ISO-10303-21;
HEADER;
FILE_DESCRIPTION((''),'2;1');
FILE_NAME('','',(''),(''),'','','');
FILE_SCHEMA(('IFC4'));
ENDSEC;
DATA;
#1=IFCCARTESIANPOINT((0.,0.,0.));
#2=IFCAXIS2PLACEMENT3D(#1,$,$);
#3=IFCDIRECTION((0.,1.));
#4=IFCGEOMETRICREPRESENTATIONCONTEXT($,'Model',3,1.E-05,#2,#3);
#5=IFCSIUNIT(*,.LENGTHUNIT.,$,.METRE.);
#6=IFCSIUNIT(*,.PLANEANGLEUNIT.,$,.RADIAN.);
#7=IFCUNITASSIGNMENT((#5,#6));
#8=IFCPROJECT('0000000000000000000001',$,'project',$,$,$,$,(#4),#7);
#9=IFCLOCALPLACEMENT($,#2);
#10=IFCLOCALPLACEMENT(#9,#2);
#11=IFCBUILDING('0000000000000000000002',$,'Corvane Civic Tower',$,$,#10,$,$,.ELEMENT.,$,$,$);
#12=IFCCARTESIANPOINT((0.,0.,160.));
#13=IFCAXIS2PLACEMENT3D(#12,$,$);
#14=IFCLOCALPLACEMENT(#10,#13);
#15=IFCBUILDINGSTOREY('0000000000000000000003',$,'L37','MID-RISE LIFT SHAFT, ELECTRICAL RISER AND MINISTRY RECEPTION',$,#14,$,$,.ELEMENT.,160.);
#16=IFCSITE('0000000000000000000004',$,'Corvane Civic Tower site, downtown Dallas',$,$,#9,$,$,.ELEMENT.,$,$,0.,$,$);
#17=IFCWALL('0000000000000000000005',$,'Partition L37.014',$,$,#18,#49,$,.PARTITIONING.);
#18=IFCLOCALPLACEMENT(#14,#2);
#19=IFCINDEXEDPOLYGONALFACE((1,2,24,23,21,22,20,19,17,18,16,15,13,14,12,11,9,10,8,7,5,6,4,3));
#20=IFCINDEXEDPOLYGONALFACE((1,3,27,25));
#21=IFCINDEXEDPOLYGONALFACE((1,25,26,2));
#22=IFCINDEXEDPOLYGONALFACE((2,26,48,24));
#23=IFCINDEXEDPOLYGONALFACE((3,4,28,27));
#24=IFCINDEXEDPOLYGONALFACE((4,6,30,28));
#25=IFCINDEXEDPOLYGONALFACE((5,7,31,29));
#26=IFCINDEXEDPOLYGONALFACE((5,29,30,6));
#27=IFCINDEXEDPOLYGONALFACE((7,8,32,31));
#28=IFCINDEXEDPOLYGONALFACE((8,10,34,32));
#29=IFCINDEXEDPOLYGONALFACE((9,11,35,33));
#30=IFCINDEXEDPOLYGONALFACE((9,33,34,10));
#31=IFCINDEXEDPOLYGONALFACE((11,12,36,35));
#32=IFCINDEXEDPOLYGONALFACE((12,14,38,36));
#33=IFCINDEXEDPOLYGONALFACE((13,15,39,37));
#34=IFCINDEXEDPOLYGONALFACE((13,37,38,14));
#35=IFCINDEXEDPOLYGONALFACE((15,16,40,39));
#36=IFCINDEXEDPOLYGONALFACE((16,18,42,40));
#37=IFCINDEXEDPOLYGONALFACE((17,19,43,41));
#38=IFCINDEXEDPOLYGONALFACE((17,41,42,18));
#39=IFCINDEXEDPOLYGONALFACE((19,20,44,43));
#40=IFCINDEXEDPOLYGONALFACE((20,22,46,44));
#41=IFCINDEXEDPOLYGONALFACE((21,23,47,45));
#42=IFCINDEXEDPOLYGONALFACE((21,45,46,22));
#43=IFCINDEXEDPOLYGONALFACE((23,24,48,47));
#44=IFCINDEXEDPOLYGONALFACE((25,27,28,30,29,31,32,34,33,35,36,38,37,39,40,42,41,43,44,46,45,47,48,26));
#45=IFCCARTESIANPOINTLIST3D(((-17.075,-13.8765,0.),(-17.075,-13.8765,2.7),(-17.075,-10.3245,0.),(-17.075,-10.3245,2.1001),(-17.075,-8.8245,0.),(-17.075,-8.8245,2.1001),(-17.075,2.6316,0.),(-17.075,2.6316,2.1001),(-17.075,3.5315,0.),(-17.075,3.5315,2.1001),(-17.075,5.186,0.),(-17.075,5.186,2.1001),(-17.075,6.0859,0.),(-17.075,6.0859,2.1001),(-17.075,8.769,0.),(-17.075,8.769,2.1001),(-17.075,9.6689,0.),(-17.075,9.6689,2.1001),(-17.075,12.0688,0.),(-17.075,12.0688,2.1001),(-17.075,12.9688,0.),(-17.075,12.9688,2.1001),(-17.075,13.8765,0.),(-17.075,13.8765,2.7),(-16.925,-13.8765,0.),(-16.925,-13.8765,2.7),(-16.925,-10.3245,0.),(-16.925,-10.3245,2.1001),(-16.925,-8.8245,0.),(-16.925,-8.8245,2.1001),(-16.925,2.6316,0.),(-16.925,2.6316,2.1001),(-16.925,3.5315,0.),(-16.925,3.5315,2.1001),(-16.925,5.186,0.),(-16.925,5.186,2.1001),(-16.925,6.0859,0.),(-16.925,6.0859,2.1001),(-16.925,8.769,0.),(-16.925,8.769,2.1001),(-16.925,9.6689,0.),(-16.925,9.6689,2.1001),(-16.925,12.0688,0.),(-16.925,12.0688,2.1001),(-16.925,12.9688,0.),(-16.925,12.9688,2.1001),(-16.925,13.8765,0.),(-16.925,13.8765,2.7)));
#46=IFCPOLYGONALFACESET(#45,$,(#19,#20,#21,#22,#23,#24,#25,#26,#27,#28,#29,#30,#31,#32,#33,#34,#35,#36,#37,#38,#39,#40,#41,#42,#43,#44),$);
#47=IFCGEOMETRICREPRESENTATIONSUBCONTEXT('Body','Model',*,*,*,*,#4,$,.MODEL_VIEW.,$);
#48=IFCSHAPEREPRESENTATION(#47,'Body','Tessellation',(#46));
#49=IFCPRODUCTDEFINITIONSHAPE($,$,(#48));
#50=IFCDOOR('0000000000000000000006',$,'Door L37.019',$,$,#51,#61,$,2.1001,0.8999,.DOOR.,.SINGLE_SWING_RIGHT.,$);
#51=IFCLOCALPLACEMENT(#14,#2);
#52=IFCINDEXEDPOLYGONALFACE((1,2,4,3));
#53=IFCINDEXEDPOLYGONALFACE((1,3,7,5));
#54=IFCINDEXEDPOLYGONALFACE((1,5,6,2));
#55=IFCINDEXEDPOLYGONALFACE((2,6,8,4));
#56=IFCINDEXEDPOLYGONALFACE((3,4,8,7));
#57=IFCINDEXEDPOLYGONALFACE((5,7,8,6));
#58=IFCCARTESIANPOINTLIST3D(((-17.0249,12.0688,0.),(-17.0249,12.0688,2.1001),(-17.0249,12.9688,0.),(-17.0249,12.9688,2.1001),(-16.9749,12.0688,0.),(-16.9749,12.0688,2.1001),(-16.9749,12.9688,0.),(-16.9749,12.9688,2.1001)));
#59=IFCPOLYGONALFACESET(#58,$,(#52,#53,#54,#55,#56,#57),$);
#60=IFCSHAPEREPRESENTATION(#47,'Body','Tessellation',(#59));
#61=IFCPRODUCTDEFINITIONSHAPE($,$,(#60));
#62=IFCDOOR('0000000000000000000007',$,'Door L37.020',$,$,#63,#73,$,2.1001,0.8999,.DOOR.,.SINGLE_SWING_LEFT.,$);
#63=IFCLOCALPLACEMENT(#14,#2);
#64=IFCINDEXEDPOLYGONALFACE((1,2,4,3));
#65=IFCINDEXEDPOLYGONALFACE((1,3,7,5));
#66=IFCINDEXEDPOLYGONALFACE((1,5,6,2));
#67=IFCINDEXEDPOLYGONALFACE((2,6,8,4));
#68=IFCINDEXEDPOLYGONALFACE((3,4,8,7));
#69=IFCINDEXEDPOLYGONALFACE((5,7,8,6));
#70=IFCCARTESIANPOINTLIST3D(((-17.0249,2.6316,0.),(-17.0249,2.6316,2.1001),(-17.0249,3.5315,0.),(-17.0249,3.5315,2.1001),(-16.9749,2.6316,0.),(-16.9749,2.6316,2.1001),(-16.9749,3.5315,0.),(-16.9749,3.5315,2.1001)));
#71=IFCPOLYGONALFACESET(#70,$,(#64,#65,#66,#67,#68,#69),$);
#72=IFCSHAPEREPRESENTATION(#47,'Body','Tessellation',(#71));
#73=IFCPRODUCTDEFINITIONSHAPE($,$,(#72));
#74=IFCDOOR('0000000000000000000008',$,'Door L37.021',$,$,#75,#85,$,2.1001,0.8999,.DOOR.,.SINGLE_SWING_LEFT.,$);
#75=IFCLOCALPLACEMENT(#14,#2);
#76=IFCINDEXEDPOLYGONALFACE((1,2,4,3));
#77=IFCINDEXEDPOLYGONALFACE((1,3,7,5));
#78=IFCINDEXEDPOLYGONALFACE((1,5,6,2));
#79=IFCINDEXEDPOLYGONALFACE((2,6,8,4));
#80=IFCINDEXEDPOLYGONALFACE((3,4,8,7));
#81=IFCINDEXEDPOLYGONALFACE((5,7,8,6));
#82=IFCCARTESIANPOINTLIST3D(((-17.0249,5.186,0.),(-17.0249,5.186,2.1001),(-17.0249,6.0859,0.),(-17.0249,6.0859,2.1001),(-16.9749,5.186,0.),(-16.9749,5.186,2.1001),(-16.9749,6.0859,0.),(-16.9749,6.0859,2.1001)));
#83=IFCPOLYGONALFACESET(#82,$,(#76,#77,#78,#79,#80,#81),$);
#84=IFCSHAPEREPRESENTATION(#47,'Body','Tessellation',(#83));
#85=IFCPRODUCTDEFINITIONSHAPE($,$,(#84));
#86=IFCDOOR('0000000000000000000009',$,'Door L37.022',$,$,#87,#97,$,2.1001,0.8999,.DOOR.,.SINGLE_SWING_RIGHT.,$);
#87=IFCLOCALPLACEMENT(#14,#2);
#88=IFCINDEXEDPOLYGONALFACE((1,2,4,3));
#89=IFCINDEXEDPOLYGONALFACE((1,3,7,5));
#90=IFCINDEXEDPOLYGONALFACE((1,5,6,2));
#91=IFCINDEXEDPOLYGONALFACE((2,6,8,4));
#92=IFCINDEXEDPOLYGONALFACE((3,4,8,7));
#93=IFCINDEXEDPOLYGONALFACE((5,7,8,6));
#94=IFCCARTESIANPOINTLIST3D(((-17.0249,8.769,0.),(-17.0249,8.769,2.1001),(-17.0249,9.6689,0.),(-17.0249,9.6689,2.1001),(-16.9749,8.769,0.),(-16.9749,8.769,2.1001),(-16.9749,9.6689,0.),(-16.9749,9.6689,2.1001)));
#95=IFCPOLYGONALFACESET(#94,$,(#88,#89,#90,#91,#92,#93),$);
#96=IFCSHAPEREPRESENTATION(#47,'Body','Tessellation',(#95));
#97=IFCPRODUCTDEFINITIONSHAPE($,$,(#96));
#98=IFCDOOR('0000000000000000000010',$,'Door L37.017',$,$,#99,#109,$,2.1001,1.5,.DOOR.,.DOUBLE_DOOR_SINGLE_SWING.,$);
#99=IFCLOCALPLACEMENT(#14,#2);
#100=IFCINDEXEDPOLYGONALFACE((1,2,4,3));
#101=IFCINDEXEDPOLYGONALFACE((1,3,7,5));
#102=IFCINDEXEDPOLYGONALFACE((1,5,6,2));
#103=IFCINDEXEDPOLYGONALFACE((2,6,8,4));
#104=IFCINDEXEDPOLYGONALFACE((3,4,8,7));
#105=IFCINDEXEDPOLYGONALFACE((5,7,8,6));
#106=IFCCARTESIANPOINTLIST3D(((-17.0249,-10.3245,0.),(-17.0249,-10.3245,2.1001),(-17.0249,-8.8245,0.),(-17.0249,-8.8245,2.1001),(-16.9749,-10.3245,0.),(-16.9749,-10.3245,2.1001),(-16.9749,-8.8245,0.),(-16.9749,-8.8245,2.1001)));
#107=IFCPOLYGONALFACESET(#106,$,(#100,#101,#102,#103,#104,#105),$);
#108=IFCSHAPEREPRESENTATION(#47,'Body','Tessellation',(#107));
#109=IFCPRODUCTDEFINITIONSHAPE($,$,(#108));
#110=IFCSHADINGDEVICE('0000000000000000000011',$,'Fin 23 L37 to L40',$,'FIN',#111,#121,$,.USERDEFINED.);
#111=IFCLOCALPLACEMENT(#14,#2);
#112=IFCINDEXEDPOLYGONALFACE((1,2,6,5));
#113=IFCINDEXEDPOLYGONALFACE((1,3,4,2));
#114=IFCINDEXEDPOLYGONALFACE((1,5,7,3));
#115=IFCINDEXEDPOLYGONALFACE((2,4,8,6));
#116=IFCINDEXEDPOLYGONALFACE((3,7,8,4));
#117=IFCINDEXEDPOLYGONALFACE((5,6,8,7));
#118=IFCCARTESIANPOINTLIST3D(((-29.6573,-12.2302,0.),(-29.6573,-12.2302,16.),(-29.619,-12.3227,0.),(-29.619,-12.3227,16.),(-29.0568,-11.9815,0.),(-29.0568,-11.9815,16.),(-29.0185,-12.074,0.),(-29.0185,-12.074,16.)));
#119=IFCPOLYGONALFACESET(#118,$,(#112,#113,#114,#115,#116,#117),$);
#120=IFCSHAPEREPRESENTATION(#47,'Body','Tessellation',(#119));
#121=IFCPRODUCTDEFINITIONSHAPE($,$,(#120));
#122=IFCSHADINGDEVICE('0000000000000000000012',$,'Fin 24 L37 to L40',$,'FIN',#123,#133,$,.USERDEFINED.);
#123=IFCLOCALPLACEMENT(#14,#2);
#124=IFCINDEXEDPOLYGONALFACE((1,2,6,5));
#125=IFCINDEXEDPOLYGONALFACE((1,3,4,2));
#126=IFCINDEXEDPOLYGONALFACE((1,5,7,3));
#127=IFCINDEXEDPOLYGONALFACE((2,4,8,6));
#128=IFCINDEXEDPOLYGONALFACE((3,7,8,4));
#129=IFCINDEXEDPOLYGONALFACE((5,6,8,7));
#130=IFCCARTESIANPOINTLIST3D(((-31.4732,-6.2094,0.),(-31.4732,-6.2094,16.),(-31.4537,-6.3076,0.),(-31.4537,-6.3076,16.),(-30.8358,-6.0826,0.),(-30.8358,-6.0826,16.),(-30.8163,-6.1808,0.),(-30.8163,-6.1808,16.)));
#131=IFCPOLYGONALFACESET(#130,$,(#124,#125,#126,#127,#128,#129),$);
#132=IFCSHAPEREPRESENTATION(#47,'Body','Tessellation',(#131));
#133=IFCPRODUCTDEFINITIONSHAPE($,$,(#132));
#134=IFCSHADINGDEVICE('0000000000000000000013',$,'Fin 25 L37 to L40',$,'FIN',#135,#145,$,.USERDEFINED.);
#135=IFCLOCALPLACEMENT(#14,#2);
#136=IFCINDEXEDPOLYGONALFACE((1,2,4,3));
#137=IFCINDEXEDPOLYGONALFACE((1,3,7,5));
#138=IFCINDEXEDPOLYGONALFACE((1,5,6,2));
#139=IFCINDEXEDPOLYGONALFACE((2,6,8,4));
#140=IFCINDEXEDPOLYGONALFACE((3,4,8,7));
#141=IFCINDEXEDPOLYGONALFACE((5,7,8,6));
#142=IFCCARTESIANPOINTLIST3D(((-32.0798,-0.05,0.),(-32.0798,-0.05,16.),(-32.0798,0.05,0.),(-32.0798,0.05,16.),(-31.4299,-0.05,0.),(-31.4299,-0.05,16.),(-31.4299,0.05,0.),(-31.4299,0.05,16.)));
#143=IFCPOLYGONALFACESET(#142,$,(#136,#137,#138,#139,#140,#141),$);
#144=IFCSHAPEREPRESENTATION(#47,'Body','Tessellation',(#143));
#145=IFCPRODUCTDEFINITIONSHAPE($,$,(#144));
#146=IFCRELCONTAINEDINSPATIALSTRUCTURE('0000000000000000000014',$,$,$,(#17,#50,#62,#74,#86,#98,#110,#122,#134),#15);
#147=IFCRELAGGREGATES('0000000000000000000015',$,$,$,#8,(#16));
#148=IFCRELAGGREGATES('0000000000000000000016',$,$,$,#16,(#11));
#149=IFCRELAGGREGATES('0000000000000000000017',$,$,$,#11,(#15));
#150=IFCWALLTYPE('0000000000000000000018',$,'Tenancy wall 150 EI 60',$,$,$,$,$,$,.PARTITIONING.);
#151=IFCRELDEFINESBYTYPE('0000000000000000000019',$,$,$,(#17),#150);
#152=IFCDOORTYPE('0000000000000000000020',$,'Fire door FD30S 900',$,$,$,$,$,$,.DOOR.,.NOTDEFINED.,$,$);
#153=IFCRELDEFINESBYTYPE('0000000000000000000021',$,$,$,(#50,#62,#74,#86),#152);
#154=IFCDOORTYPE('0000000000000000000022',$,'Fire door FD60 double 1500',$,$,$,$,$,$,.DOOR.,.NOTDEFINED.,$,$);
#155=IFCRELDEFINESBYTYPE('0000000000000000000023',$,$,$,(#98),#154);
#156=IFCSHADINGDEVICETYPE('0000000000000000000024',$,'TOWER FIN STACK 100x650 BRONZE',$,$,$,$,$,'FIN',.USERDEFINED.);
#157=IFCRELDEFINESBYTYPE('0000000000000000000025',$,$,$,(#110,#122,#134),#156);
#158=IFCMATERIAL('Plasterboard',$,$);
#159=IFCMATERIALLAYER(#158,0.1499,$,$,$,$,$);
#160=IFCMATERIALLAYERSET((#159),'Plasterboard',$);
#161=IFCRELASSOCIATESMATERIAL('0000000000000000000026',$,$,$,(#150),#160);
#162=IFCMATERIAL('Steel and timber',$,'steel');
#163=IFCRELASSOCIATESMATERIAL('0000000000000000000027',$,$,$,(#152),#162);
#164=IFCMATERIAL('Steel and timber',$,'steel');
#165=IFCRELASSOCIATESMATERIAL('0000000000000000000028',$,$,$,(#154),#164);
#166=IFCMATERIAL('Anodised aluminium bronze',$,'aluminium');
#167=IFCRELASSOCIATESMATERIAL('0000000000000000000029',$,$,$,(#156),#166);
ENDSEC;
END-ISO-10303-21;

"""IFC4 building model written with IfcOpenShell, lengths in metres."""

from ifc_helpers import new_model, si_unit, direction, frame, frame_2d, origin, origin_2d, place, context, subcontext, project, spatial, rectangle, extrude, material, layer, layer_set, material_profile, profile_set, type_object, element, fill, save


model = new_model("IFC4")

# Units and contexts
model_context = context("Model", 3, precision=1e-05, world=origin(), true_north=direction((0.0, 1.0)))
body_context = subcontext(model_context, "Body", "Model", "MODEL_VIEW")
ifc_project = project(units=[si_unit("LENGTHUNIT", "METRE"), si_unit("PLANEANGLEUNIT", "RADIAN")], contexts=[model_context])

# Site, building, storey
site_placement = place(None, origin())
site = spatial("IfcSite", under=ifc_project, at=site_placement, Name="Corvane Civic Tower site, downtown Dallas", CompositionType="ELEMENT", RefElevation=0.0)
building_placement = place(site_placement, origin())
building = spatial("IfcBuilding", under=site, at=building_placement, Name="Corvane Civic Tower", CompositionType="ELEMENT")
storey_placement = place(building_placement, frame((0.0, 0.0, 160.0)))
storey = spatial("IfcBuildingStorey", under=building, at=storey_placement, Name="L37", Description="MID-RISE LIFT SHAFT, ELECTRICAL RISER AND MINISTRY RECEPTION", CompositionType="ELEMENT", Elevation=160.0)

# Shared definitions
ifc_material_1 = material(Name="Plasterboard")
ifc_layer_1 = layer(ifc_material_1, 0.1499)
ifc_layer_set_1 = layer_set([ifc_layer_1], Name="Plasterboard")
wall_type_1 = type_object("IfcWallType", Name="Tenancy wall 150 EI 60", PredefinedType="PARTITIONING", material=ifc_layer_set_1)
ifc_material_2 = material(Name="Steel and timber", Category="steel")
door_type_1 = type_object("IfcDoorType", Name="Fire door FD30S 900", OperationType="NOTDEFINED", PredefinedType="DOOR", material=ifc_material_2)

# Wall, openings, doors
wall_1_placement = place(storey_placement, frame((-17.0, -13.8765, 0.0), z_axis=(0.0, 0.0, 1.0), x_axis=(0.0, 1.0, 0.0)))
wall_1 = element("IfcWall", 1, at=wall_1_placement, inside=storey, type_object=wall_type_1, Name="Partition L37.014", PredefinedType="PARTITIONING", context=body_context, shape_type="SweptSolid", body=[
    extrude(rectangle(XDim=27.7529, YDim=0.1499, at=frame_2d((13.8765, 0.0))), origin(), (0.0, 0.0, 1.0), 2.7),
])
opening_1_placement = place(wall_1_placement, frame((3.552, 0.0, 0.0)))
opening_1 = element("IfcOpeningElement", 2, at=opening_1_placement, cuts=wall_1, PredefinedType="OPENING", context=body_context, shape_type="SweptSolid", body=[
    extrude(rectangle(XDim=1.5, YDim=2.1001, at=frame_2d((0.75, 1.05))), frame((0.0, 0.085, 0.0), z_axis=(0.0, -1.0, 0.0), x_axis=(1.0, 0.0, 0.0)), (0.0, 0.0, 1.0), 0.1699),
])
opening_2_placement = place(wall_1_placement, frame((25.9453, 0.0, 0.0)))
opening_2 = element("IfcOpeningElement", 3, at=opening_2_placement, cuts=wall_1, PredefinedType="OPENING", context=body_context, shape_type="SweptSolid", body=[
    extrude(rectangle(XDim=0.8999, YDim=2.1001, at=frame_2d((0.45, 1.05))), frame((0.0, 0.085, 0.0), z_axis=(0.0, -1.0, 0.0), x_axis=(1.0, 0.0, 0.0)), (0.0, 0.0, 1.0), 0.1699),
])
opening_3_placement = place(wall_1_placement, frame((16.5081, 0.0, 0.0)))
opening_3 = element("IfcOpeningElement", 4, at=opening_3_placement, cuts=wall_1, PredefinedType="OPENING", context=body_context, shape_type="SweptSolid", body=[
    extrude(rectangle(XDim=0.8999, YDim=2.1001, at=frame_2d((0.45, 1.05))), frame((0.0, 0.085, 0.0), z_axis=(0.0, -1.0, 0.0), x_axis=(1.0, 0.0, 0.0)), (0.0, 0.0, 1.0), 0.1699),
])
opening_4_placement = place(wall_1_placement, frame((19.0625, 0.0, 0.0)))
opening_4 = element("IfcOpeningElement", 5, at=opening_4_placement, cuts=wall_1, PredefinedType="OPENING", context=body_context, shape_type="SweptSolid", body=[
    extrude(rectangle(XDim=0.8999, YDim=2.1001, at=frame_2d((0.45, 1.05))), frame((0.0, 0.085, 0.0), z_axis=(0.0, -1.0, 0.0), x_axis=(1.0, 0.0, 0.0)), (0.0, 0.0, 1.0), 0.1699),
])
opening_5_placement = place(wall_1_placement, frame((22.6455, 0.0, 0.0)))
opening_5 = element("IfcOpeningElement", 6, at=opening_5_placement, cuts=wall_1, PredefinedType="OPENING", context=body_context, shape_type="SweptSolid", body=[
    extrude(rectangle(XDim=0.8999, YDim=2.1001, at=frame_2d((0.45, 1.05))), frame((0.0, 0.085, 0.0), z_axis=(0.0, -1.0, 0.0), x_axis=(1.0, 0.0, 0.0)), (0.0, 0.0, 1.0), 0.1699),
])
door_1_placement = place(opening_2_placement, origin())
door_1 = element("IfcDoor", 7, at=door_1_placement, inside=storey, type_object=door_type_1, Name="Door L37.019", OperationType="SINGLE_SWING_RIGHT", OverallHeight=2.1001, OverallWidth=0.8999, PredefinedType="DOOR", context=body_context, shape_type="SweptSolid", body=[
    extrude(rectangle(XDim=0.8999, YDim=2.1001, at=frame_2d((0.45, 1.05))), frame((0.0, 0.0249, 0.0), z_axis=(0.0, -1.0, 0.0), x_axis=(1.0, 0.0, 0.0)), (0.0, 0.0, 1.0), 0.05),
])
fill(opening_2, door_1)
door_2_placement = place(opening_3_placement, origin())
door_2 = element("IfcDoor", 8, at=door_2_placement, inside=storey, type_object=door_type_1, Name="Door L37.020", OperationType="SINGLE_SWING_LEFT", OverallHeight=2.1001, OverallWidth=0.8999, PredefinedType="DOOR", context=body_context, shape_type="SweptSolid", body=[
    extrude(rectangle(XDim=0.8999, YDim=2.1001, at=frame_2d((0.45, 1.05))), frame((0.0, 0.0249, 0.0), z_axis=(0.0, -1.0, 0.0), x_axis=(1.0, 0.0, 0.0)), (0.0, 0.0, 1.0), 0.05),
])
fill(opening_3, door_2)
door_3_placement = place(opening_4_placement, origin())
door_3 = element("IfcDoor", 9, at=door_3_placement, inside=storey, type_object=door_type_1, Name="Door L37.021", OperationType="SINGLE_SWING_LEFT", OverallHeight=2.1001, OverallWidth=0.8999, PredefinedType="DOOR", context=body_context, shape_type="SweptSolid", body=[
    extrude(rectangle(XDim=0.8999, YDim=2.1001, at=frame_2d((0.45, 1.05))), frame((0.0, 0.0249, 0.0), z_axis=(0.0, -1.0, 0.0), x_axis=(1.0, 0.0, 0.0)), (0.0, 0.0, 1.0), 0.05),
])
fill(opening_4, door_3)
door_4_placement = place(opening_5_placement, origin())
door_4 = element("IfcDoor", 10, at=door_4_placement, inside=storey, type_object=door_type_1, Name="Door L37.022", OperationType="SINGLE_SWING_RIGHT", OverallHeight=2.1001, OverallWidth=0.8999, PredefinedType="DOOR", context=body_context, shape_type="SweptSolid", body=[
    extrude(rectangle(XDim=0.8999, YDim=2.1001, at=frame_2d((0.45, 1.05))), frame((0.0, 0.0249, 0.0), z_axis=(0.0, -1.0, 0.0), x_axis=(1.0, 0.0, 0.0)), (0.0, 0.0, 1.0), 0.05),
])
fill(opening_5, door_4)
ifc_material_3 = material(Name="Steel and timber", Category="steel")
door_type_2 = type_object("IfcDoorType", Name="Fire door FD60 double 1500", OperationType="NOTDEFINED", PredefinedType="DOOR", material=ifc_material_3)
door_5_placement = place(opening_1_placement, origin())
door_5 = element("IfcDoor", 11, at=door_5_placement, inside=storey, type_object=door_type_2, Name="Door L37.017", OperationType="DOUBLE_DOOR_SINGLE_SWING", OverallHeight=2.1001, OverallWidth=1.5, PredefinedType="DOOR", context=body_context, shape_type="SweptSolid", body=[
    extrude(rectangle(XDim=1.5, YDim=2.1001, at=frame_2d((0.75, 1.05))), frame((0.0, 0.0249, 0.0), z_axis=(0.0, -1.0, 0.0), x_axis=(1.0, 0.0, 0.0)), (0.0, 0.0, 1.0), 0.05),
])
fill(opening_1, door_5)

# Shading devices
ifc_material_4 = material(Name="Anodised aluminium bronze", Category="aluminium")
ifc_material_profile_1 = material_profile(ifc_material_4, rectangle(XDim=0.1001, YDim=0.6499, at=origin_2d()), Name="TOWER FIN STACK 100x650 BRONZE")
ifc_profile_set_1 = profile_set([ifc_material_profile_1], Name="Anodised aluminium bronze")
shading_device_type = type_object("IfcShadingDeviceType", Name="TOWER FIN STACK 100x650 BRONZE", ElementType="FIN", PredefinedType="USERDEFINED", material=ifc_profile_set_1)
for number, where, z_axis, x_axis, name in (
    (12, (-29.3379, -12.1521, 0.0), (0.0, 0.0, 1.0), (-0.382683, 0.92388, 0.0), "Fin 23 L37 to L40"),
    (13, (-31.1448, -6.1951, 0.0), (0.0, 0.0, 1.0), (-0.19509, 0.980785, 0.0), "Fin 24 L37 to L40"),
    (14, (-31.7549, 0.0, 0.0), (0.0, 0.0, 1.0), (0.0, 1.0, 0.0), "Fin 25 L37 to L40"),
):
    element("IfcShadingDevice", number, at=place(storey_placement, frame(where, z_axis=z_axis, x_axis=x_axis)), inside=storey, type_object=shading_device_type, Name=name, ObjectType="FIN", PredefinedType="USERDEFINED", context=body_context, shape_type="SweptSolid", body=[
        extrude(rectangle(XDim=0.1001, YDim=0.6499, at=origin_2d()), origin(), (0.0, 0.0, 1.0), 16.0),
    ])

save(model, "model.ifc")
